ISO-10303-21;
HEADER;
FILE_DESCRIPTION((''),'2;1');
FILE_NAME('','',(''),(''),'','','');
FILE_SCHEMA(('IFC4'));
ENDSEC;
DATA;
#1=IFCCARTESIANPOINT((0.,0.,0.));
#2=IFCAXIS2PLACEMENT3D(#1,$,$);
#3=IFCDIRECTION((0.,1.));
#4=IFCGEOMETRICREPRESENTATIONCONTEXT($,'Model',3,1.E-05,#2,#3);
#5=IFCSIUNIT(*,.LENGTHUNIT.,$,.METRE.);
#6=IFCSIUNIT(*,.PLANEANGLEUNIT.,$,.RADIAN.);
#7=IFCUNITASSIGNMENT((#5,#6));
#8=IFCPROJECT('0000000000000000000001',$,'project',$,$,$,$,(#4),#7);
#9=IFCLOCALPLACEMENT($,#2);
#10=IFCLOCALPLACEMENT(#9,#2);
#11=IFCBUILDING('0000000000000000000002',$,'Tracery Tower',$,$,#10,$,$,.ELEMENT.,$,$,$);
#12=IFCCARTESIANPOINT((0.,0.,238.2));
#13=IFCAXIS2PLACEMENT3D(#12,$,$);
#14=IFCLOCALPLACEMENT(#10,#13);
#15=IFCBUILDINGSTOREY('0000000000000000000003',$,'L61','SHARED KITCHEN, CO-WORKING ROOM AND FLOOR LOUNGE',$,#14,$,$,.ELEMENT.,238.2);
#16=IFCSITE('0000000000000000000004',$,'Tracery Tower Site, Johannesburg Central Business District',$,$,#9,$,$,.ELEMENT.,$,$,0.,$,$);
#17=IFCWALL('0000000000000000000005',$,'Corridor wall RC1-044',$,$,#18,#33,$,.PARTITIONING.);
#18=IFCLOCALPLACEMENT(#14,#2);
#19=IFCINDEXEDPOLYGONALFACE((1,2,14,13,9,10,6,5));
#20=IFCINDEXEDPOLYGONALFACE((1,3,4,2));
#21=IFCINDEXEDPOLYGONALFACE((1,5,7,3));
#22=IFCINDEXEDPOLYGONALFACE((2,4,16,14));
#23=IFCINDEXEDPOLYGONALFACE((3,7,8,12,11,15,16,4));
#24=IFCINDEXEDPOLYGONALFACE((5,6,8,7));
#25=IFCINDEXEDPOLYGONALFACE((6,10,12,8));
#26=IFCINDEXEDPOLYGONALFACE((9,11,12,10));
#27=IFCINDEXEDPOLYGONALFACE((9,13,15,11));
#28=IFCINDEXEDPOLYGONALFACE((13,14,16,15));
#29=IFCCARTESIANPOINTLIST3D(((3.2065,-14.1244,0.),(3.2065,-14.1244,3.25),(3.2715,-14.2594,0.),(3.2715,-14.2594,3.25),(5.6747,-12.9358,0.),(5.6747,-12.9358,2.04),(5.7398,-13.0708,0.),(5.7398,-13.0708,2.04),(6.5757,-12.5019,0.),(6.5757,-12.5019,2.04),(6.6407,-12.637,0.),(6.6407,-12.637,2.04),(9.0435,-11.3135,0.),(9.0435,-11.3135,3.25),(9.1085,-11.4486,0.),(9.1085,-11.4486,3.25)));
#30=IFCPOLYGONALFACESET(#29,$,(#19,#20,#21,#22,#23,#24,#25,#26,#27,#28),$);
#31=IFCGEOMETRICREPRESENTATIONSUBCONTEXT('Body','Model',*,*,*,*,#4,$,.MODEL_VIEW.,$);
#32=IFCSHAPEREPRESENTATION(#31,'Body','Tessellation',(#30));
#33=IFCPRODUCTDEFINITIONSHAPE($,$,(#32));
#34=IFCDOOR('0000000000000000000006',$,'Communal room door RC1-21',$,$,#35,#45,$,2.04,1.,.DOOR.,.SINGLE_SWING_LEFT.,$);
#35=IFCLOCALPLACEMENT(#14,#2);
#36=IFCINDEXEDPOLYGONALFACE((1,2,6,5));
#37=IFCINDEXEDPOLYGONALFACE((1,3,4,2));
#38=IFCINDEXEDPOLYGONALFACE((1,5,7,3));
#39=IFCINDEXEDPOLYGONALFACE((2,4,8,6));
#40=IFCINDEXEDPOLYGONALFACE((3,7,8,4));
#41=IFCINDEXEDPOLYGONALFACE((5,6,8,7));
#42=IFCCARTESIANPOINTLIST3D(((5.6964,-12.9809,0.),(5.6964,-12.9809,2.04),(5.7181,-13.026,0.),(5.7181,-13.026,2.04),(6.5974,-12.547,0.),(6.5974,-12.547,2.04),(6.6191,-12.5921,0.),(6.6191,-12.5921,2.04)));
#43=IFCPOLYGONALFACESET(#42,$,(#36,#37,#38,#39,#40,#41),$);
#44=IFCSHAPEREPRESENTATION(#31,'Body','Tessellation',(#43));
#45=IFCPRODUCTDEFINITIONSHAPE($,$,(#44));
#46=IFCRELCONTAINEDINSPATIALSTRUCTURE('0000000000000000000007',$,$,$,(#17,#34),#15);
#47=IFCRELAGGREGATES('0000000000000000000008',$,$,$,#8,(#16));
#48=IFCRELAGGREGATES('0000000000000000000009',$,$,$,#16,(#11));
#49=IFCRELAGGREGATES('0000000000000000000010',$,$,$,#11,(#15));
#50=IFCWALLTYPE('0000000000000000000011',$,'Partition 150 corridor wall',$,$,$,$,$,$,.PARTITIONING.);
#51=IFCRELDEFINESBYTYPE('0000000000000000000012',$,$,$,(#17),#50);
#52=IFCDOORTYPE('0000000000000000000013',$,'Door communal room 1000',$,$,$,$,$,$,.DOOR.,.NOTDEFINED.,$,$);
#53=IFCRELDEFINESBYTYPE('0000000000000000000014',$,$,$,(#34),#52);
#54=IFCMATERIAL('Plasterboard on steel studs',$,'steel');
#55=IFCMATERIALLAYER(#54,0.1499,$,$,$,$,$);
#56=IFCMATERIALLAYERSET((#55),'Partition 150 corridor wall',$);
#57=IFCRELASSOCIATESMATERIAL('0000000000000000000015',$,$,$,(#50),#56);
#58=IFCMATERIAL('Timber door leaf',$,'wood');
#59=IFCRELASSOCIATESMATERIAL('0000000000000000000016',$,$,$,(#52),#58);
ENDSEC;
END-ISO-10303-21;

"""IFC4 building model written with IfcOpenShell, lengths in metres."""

from ifc_helpers import new_model, si_unit, direction, frame, frame_2d, origin, place, context, subcontext, project, spatial, rectangle, extrude, material, layer, layer_set, type_object, element, fill, save


model = new_model("IFC4")

# Units and contexts
model_context = context("Model", 3, precision=1e-05, world=origin(), true_north=direction((0.0, 1.0)))
body_context = subcontext(model_context, "Body", "Model", "MODEL_VIEW")
ifc_project = project(units=[si_unit("LENGTHUNIT", "METRE"), si_unit("PLANEANGLEUNIT", "RADIAN")], contexts=[model_context])

# Site, building, storey
site_placement = place(None, origin())
site = spatial("IfcSite", under=ifc_project, at=site_placement, Name="Tracery Tower Site, Johannesburg Central Business District", CompositionType="ELEMENT", RefElevation=0.0)
building_placement = place(site_placement, origin())
building = spatial("IfcBuilding", under=site, at=building_placement, Name="Tracery Tower", CompositionType="ELEMENT")
storey_placement = place(building_placement, frame((0.0, 0.0, 238.2)))
storey = spatial("IfcBuildingStorey", under=building, at=storey_placement, Name="L61", Description="SHARED KITCHEN, CO-WORKING ROOM AND FLOOR LOUNGE", CompositionType="ELEMENT", Elevation=238.2)

# Shared definitions
ifc_material_1 = material(Name="Plasterboard on steel studs", Category="steel")
ifc_layer_1 = layer(ifc_material_1, 0.1499)
ifc_layer_set_1 = layer_set([ifc_layer_1], Name="Partition 150 corridor wall")
wall_type_1 = type_object("IfcWallType", Name="Partition 150 corridor wall", PredefinedType="PARTITIONING", material=ifc_layer_set_1)

# Wall, opening, door
wall_1_placement = place(storey_placement, frame((3.239, -14.1919, 0.0), z_axis=(0.0, 0.0, 1.0), x_axis=(0.900976, 0.433869, 0.0)))
wall_1 = element("IfcWall", 1, at=wall_1_placement, inside=storey, type_object=wall_type_1, Name="Corridor wall RC1-044", PredefinedType="PARTITIONING", context=body_context, shape_type="SweptSolid", body=[
    extrude(rectangle(XDim=6.4785, YDim=0.1499, at=frame_2d((3.2393, 0.0))), origin(), (0.0, 0.0, 1.0), 3.25),
])
opening_1_placement = place(wall_1_placement, frame((2.7395, 0.0, 0.0)))
opening_1 = element("IfcOpeningElement", 2, at=opening_1_placement, cuts=wall_1, PredefinedType="OPENING", context=body_context, shape_type="SweptSolid", body=[
    extrude(rectangle(XDim=1.0, YDim=2.04, at=frame_2d((0.5, 1.02))), frame((0.0, 0.075, 0.0), z_axis=(0.0, -1.0, 0.0), x_axis=(1.0, 0.0, 0.0)), (0.0, 0.0, 1.0), 0.1499),
])
ifc_material_2 = material(Name="Timber door leaf", Category="wood")
door_type = type_object("IfcDoorType", Name="Door communal room 1000", OperationType="NOTDEFINED", PredefinedType="DOOR", material=ifc_material_2)
door_placement = place(opening_1_placement, origin())
door = element("IfcDoor", 3, at=door_placement, inside=storey, type_object=door_type, Name="Communal room door RC1-21", OperationType="SINGLE_SWING_LEFT", OverallHeight=2.04, OverallWidth=1.0, PredefinedType="DOOR", context=body_context, shape_type="SweptSolid", body=[
    extrude(rectangle(XDim=1.0, YDim=2.04, at=frame_2d((0.5, 1.02))), frame((0.0, 0.0249, 0.0), z_axis=(0.0, -1.0, 0.0), x_axis=(1.0, 0.0, 0.0)), (0.0, 0.0, 1.0), 0.05),
])
fill(opening_1, door)

save(model, "model.ifc")
